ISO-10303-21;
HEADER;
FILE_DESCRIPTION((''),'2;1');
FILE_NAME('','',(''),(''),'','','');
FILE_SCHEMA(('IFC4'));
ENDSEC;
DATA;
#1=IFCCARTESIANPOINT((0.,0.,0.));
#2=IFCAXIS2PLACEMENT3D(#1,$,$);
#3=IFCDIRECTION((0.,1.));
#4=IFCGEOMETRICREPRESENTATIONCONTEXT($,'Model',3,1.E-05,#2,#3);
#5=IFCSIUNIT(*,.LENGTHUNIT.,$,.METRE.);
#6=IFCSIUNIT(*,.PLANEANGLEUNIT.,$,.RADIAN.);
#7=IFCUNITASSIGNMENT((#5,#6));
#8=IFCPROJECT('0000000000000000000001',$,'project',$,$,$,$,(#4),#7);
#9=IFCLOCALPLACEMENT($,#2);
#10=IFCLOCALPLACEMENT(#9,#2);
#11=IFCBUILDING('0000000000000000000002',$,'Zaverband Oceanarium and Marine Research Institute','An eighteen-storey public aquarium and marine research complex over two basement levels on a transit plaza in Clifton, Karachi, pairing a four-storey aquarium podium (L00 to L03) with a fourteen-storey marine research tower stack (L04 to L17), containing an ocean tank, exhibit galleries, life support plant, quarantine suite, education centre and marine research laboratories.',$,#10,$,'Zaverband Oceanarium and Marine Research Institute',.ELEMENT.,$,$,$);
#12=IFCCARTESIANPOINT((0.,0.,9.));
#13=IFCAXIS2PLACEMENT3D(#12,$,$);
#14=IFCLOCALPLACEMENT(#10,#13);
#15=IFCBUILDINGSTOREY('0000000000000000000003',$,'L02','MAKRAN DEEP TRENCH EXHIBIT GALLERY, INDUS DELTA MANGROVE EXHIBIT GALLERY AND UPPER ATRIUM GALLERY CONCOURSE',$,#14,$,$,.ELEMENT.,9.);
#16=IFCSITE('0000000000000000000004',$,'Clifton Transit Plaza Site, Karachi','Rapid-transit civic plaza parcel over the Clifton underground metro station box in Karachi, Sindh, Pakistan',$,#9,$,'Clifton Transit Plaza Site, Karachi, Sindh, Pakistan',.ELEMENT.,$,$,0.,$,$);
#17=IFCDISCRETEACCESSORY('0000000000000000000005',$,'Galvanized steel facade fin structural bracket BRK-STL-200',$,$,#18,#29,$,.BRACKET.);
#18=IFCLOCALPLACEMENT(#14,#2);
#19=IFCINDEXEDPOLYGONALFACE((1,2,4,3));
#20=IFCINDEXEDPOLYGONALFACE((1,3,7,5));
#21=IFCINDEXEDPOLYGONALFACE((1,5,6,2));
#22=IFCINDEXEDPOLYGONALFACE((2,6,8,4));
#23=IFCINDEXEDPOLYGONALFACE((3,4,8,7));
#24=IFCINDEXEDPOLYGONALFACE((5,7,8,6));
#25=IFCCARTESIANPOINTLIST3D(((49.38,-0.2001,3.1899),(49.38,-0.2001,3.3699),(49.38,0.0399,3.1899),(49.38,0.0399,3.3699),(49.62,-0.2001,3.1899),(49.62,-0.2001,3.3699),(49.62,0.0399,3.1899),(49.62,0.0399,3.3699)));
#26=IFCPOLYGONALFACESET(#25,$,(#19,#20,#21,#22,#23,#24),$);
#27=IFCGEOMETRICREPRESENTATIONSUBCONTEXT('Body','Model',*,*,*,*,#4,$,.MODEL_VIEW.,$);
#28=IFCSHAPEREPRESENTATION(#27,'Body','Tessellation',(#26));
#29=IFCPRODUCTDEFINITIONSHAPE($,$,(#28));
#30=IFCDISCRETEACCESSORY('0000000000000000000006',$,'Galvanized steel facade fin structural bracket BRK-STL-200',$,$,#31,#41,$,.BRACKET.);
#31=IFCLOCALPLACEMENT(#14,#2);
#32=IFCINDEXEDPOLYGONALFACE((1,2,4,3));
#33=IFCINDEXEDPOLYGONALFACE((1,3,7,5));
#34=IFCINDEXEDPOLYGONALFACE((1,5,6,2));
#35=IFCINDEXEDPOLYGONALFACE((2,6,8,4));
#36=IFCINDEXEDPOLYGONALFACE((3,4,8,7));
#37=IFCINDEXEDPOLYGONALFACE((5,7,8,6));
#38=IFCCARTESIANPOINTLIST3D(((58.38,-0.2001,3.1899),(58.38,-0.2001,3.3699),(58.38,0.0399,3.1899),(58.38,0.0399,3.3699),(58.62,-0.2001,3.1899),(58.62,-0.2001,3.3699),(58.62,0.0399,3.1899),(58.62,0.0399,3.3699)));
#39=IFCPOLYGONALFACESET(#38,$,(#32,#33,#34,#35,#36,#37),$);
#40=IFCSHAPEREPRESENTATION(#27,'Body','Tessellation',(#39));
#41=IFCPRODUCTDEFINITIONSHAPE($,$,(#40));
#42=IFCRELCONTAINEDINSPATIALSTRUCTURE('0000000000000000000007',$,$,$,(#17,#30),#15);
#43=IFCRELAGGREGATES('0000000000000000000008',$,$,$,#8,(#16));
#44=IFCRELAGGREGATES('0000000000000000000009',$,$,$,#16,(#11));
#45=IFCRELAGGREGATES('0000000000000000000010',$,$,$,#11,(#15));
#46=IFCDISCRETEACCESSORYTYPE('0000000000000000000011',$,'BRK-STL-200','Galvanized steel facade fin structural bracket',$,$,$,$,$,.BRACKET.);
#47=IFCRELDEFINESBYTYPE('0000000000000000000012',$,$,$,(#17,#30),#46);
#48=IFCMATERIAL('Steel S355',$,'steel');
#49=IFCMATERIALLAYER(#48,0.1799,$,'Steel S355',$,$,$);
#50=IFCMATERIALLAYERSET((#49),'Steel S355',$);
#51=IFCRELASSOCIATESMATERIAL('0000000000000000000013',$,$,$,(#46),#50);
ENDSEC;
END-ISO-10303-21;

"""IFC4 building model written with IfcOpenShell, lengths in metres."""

from ifc_helpers import new_model, si_unit, direction, frame, origin, origin_2d, place, context, subcontext, project, spatial, rectangle, extrude, material, layer, layer_set, type_object, element, save


model = new_model("IFC4")

# Units and contexts
model_context = context("Model", 3, precision=1e-05, world=origin(), true_north=direction((0.0, 1.0)))
body_context = subcontext(model_context, "Body", "Model", "MODEL_VIEW")
ifc_project = project(units=[si_unit("LENGTHUNIT", "METRE"), si_unit("PLANEANGLEUNIT", "RADIAN")], contexts=[model_context])

# Site, building, storey
site_placement = place(None, origin())
site = spatial("IfcSite", under=ifc_project, at=site_placement, Name="Clifton Transit Plaza Site, Karachi", Description="Rapid-transit civic plaza parcel over the Clifton underground metro station box in Karachi, Sindh, Pakistan", LongName="Clifton Transit Plaza Site, Karachi, Sindh, Pakistan", CompositionType="ELEMENT", RefElevation=0.0)
building_placement = place(site_placement, origin())
building = spatial("IfcBuilding", under=site, at=building_placement, Name="Zaverband Oceanarium and Marine Research Institute", Description="An eighteen-storey public aquarium and marine research complex over two basement levels on a transit plaza in Clifton, Karachi, pairing a four-storey aquarium podium (L00 to L03) with a fourteen-storey marine research tower stack (L04 to L17), containing an ocean tank, exhibit galleries, life support plant, quarantine suite, education centre and marine research laboratories.", LongName="Zaverband Oceanarium and Marine Research Institute", CompositionType="ELEMENT")
storey_placement = place(building_placement, frame((0.0, 0.0, 9.0)))
storey = spatial("IfcBuildingStorey", under=building, at=storey_placement, Name="L02", Description="MAKRAN DEEP TRENCH EXHIBIT GALLERY, INDUS DELTA MANGROVE EXHIBIT GALLERY AND UPPER ATRIUM GALLERY CONCOURSE", CompositionType="ELEMENT", Elevation=9.0)

# Discrete accessories
ifc_material_1 = material(Name="Steel S355", Category="steel")
ifc_layer_1 = layer(ifc_material_1, 0.1799, Name="Steel S355")
ifc_layer_set_1 = layer_set([ifc_layer_1], Name="Steel S355")
discrete_accessory_type = type_object("IfcDiscreteAccessoryType", Name="BRK-STL-200", Description="Galvanized steel facade fin structural bracket", PredefinedType="BRACKET", material=ifc_layer_set_1)
for number, where, z_axis, x_axis, name in (
    (1, (49.5, -0.0801, 3.1899), (0.0, 0.0, 1.0), (1.0, 0.0, 0.0), "Galvanized steel facade fin structural bracket BRK-STL-200"),
    (2, (58.5, -0.0801, 3.1899), (0.0, 0.0, 1.0), (1.0, 0.0, 0.0), "Galvanized steel facade fin structural bracket BRK-STL-200"),
):
    element("IfcDiscreteAccessory", number, at=place(storey_placement, frame(where, z_axis=z_axis, x_axis=x_axis)), inside=storey, type_object=discrete_accessory_type, Name=name, PredefinedType="BRACKET", context=body_context, shape_type="SweptSolid", body=[
        extrude(rectangle(XDim=0.24, YDim=0.24, at=origin_2d()), origin(), (0.0, 0.0, 1.0), 0.1799),
    ])

save(model, "model.ifc")
